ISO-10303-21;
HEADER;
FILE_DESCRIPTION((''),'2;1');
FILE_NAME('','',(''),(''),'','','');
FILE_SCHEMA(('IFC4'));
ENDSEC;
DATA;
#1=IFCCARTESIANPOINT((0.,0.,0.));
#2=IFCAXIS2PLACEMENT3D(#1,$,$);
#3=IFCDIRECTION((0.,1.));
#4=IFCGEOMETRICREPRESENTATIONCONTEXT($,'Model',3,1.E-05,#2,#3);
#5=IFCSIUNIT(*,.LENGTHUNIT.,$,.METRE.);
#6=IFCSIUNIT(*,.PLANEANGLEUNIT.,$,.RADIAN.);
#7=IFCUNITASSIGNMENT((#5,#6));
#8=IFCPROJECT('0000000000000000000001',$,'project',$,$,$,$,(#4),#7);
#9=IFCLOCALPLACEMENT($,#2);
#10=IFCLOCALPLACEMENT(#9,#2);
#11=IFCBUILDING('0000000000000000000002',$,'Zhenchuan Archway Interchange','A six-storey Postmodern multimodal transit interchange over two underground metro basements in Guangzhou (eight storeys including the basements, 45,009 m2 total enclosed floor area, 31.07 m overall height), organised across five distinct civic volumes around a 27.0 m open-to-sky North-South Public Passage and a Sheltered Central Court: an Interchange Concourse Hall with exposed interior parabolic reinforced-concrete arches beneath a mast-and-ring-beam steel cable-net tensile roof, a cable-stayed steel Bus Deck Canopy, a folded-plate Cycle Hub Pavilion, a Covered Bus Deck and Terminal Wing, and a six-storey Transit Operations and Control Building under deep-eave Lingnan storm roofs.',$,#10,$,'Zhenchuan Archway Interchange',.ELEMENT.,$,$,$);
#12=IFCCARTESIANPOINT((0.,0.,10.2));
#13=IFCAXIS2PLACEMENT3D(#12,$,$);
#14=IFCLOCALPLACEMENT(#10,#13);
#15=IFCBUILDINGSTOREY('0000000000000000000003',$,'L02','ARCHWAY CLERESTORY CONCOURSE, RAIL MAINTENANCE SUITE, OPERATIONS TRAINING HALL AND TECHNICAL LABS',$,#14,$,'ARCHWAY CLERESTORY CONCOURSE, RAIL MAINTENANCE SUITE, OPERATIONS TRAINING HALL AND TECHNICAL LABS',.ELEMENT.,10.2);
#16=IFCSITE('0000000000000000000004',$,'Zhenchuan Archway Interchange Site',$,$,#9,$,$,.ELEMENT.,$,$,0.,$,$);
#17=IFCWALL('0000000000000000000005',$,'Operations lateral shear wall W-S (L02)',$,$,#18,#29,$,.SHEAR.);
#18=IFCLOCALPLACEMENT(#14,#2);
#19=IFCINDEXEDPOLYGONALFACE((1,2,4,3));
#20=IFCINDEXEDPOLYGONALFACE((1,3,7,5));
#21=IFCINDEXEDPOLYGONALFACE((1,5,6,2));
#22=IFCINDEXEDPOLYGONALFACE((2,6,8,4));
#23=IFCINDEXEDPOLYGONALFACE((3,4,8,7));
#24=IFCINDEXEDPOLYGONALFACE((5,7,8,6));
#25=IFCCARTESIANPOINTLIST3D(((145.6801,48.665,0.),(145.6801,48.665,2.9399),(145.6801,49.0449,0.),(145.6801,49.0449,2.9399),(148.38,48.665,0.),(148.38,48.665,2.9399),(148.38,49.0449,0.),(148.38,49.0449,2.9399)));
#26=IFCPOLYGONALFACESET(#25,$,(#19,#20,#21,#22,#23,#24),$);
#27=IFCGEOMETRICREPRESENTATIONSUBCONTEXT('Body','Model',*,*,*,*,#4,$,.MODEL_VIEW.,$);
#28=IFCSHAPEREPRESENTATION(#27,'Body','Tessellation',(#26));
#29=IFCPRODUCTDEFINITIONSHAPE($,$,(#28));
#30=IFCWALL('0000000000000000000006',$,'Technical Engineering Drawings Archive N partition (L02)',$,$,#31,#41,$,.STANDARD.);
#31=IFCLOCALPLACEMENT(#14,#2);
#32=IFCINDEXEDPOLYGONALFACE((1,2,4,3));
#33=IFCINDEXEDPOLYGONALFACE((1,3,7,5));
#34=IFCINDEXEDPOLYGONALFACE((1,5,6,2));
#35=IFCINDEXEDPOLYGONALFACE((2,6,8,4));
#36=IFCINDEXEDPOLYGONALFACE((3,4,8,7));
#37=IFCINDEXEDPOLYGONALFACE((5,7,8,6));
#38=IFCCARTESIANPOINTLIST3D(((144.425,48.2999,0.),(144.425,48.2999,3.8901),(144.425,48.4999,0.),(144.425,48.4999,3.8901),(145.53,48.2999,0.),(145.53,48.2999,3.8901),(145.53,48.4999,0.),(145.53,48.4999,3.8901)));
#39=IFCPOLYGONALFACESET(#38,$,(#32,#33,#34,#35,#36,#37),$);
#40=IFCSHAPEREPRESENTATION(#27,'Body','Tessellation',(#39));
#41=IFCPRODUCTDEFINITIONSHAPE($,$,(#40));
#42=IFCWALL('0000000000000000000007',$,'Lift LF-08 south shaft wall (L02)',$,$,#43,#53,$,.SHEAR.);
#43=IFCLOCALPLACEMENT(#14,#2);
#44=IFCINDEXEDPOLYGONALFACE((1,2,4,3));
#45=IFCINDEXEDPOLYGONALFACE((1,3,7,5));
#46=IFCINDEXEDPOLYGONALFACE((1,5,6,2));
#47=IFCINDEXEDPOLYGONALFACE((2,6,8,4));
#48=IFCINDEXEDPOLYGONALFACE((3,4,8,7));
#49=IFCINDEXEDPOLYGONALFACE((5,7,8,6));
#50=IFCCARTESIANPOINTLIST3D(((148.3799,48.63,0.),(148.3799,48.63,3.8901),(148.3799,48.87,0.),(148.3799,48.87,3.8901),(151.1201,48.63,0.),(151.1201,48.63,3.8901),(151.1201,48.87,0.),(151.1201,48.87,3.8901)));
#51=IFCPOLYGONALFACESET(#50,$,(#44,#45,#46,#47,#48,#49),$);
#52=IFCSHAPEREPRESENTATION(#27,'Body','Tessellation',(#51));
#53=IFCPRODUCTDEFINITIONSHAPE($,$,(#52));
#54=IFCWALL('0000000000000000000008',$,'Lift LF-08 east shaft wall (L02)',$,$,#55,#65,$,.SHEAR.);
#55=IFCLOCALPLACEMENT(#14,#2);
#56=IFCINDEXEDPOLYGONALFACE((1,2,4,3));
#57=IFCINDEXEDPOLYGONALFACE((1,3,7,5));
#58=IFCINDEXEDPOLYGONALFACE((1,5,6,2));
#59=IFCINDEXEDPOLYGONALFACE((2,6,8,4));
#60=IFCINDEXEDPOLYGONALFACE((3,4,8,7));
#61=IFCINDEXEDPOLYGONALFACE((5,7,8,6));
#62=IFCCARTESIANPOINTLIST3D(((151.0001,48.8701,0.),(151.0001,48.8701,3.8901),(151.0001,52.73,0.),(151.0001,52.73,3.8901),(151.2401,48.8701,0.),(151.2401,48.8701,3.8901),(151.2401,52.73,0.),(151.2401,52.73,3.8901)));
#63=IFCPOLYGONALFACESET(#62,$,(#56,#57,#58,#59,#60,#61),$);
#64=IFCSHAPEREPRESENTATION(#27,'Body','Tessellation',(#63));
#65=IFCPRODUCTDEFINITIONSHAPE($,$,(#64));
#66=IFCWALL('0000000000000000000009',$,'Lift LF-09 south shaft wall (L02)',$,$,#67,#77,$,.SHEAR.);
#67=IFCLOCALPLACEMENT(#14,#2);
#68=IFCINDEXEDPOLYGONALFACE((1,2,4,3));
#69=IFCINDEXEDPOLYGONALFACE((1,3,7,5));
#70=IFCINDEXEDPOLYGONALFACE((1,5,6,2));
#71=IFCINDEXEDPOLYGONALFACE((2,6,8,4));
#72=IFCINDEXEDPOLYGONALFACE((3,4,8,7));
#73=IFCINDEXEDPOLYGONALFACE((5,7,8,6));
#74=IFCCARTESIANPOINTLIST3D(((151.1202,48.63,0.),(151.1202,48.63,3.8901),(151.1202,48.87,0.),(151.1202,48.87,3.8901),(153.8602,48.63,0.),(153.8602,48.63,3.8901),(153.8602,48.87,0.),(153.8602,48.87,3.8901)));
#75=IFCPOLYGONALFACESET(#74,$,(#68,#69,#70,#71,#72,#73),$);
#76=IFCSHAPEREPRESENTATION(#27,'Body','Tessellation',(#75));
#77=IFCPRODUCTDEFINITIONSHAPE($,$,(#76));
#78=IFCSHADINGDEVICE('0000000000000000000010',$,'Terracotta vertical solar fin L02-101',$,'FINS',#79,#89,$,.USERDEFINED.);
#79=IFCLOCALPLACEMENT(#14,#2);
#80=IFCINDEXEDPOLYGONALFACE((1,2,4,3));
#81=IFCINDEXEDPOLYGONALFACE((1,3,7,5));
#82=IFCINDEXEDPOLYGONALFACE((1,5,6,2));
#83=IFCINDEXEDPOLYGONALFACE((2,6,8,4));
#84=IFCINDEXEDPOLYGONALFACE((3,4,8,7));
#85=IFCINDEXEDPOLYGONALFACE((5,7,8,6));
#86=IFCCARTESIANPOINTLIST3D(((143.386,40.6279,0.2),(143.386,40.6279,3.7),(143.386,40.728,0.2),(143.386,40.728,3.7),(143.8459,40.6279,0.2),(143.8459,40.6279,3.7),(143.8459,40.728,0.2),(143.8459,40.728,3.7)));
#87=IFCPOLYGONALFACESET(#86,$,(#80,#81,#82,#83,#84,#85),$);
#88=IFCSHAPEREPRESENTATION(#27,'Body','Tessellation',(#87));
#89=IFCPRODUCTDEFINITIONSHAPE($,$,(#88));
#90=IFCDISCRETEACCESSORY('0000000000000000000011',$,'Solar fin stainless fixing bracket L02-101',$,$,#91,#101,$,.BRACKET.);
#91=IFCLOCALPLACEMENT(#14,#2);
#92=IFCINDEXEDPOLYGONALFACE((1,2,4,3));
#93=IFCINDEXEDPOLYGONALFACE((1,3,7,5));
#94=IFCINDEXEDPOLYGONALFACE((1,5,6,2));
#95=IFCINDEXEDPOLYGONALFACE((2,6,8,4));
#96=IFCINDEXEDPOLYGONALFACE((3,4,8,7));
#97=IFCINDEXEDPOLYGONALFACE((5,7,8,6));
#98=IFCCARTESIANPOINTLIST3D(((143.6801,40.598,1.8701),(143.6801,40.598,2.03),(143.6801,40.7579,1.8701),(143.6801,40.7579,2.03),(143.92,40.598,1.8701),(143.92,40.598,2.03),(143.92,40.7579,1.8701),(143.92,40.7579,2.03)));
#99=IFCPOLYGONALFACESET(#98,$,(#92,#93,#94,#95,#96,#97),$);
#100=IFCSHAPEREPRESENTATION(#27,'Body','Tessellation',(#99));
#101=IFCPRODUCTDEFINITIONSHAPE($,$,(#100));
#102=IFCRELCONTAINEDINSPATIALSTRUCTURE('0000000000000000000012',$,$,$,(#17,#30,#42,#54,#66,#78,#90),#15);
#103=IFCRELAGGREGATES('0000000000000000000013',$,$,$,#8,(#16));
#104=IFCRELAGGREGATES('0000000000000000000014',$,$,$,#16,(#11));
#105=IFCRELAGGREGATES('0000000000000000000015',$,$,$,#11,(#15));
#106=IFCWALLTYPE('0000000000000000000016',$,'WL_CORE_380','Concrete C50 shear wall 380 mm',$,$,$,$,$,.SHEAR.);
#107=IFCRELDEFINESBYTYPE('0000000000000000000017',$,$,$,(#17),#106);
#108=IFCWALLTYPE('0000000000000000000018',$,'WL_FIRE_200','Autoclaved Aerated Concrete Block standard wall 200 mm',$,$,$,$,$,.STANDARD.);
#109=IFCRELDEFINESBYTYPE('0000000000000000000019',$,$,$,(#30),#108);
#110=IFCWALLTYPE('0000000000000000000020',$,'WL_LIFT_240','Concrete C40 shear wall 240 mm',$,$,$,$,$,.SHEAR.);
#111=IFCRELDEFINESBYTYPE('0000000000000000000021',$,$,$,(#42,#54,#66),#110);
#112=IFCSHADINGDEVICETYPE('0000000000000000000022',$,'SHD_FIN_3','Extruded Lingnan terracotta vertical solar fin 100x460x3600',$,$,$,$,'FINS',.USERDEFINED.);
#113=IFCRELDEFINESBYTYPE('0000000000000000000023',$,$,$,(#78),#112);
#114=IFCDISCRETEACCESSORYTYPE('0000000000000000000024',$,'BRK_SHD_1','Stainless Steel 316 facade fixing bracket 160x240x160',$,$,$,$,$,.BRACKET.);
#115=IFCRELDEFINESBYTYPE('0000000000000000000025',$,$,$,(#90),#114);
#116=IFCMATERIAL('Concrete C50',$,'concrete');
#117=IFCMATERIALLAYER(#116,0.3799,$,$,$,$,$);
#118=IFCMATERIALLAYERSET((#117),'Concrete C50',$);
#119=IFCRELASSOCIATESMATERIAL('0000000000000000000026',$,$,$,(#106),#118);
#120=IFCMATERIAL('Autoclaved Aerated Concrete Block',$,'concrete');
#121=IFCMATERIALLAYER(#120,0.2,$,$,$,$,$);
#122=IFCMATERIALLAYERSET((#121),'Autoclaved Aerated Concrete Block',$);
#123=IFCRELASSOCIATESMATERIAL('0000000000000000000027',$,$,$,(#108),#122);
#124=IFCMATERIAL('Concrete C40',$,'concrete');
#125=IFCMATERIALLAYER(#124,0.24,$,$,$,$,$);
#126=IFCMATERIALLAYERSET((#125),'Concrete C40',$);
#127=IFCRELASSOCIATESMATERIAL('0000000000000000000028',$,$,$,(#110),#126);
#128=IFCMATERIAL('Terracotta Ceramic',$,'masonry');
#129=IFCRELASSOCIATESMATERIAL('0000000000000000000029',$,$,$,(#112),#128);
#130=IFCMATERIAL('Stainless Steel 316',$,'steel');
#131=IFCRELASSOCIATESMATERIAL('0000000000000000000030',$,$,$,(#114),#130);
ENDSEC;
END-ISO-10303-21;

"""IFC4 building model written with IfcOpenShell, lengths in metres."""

from ifc_helpers import new_model, si_unit, direction, frame, frame_2d, origin, origin_2d, place, context, subcontext, project, spatial, rectangle, extrude, material, layer, layer_set, type_object, element, save


model = new_model("IFC4")

# Units and contexts
model_context = context("Model", 3, precision=1e-05, world=origin(), true_north=direction((0.0, 1.0)))
body_context = subcontext(model_context, "Body", "Model", "MODEL_VIEW")
ifc_project = project(units=[si_unit("LENGTHUNIT", "METRE"), si_unit("PLANEANGLEUNIT", "RADIAN")], contexts=[model_context])

# Site, building, storey
site_placement = place(None, origin())
site = spatial("IfcSite", under=ifc_project, at=site_placement, Name="Zhenchuan Archway Interchange Site", CompositionType="ELEMENT", RefElevation=0.0)
building_placement = place(site_placement, origin())
building = spatial("IfcBuilding", under=site, at=building_placement, Name="Zhenchuan Archway Interchange", Description="A six-storey Postmodern multimodal transit interchange over two underground metro basements in Guangzhou (eight storeys including the basements, 45,009 m2 total enclosed floor area, 31.07 m overall height), organised across five distinct civic volumes around a 27.0 m open-to-sky North-South Public Passage and a Sheltered Central Court: an Interchange Concourse Hall with exposed interior parabolic reinforced-concrete arches beneath a mast-and-ring-beam steel cable-net tensile roof, a cable-stayed steel Bus Deck Canopy, a folded-plate Cycle Hub Pavilion, a Covered Bus Deck and Terminal Wing, and a six-storey Transit Operations and Control Building under deep-eave Lingnan storm roofs.", LongName="Zhenchuan Archway Interchange", CompositionType="ELEMENT")
storey_placement = place(building_placement, frame((0.0, 0.0, 10.2)))
storey = spatial("IfcBuildingStorey", under=building, at=storey_placement, Name="L02", Description="ARCHWAY CLERESTORY CONCOURSE, RAIL MAINTENANCE SUITE, OPERATIONS TRAINING HALL AND TECHNICAL LABS", LongName="ARCHWAY CLERESTORY CONCOURSE, RAIL MAINTENANCE SUITE, OPERATIONS TRAINING HALL AND TECHNICAL LABS", CompositionType="ELEMENT", Elevation=10.2)

# Shared definitions
ifc_material_1 = material(Name="Concrete C50", Category="concrete")

# Shared definitions
ifc_material_2 = material(Name="Concrete C40", Category="concrete")

# Walls
ifc_layer_1 = layer(ifc_material_1, 0.3799)
ifc_layer_set_1 = layer_set([ifc_layer_1], Name="Concrete C50")
wall_type_1 = type_object("IfcWallType", Name="WL_CORE_380", Description="Concrete C50 shear wall 380 mm", PredefinedType="SHEAR", material=ifc_layer_set_1)
wall_1_placement = place(storey_placement, frame((145.6799, 48.855, 0.0), z_axis=(0.0, 0.0, 1.0), x_axis=(1.0, 0.0, 0.0)))
element("IfcWall", 1, at=wall_1_placement, inside=storey, type_object=wall_type_1, Name="Operations lateral shear wall W-S (L02)", PredefinedType="SHEAR", context=body_context, shape_type="SweptSolid", body=[
    extrude(rectangle(XDim=2.7, YDim=0.3799, at=frame_2d((1.3501, 0.0))), origin(), (0.0, 0.0, 1.0), 2.9399),
])
ifc_material_3 = material(Name="Autoclaved Aerated Concrete Block", Category="concrete")
ifc_layer_2 = layer(ifc_material_3, 0.2)
ifc_layer_set_2 = layer_set([ifc_layer_2], Name="Autoclaved Aerated Concrete Block")
wall_type_2 = type_object("IfcWallType", Name="WL_FIRE_200", Description="Autoclaved Aerated Concrete Block standard wall 200 mm", PredefinedType="STANDARD", material=ifc_layer_set_2)
wall_2_placement = place(storey_placement, frame((144.425, 48.3999, 0.0), z_axis=(0.0, 0.0, 1.0), x_axis=(1.0, 0.0, 0.0)))
element("IfcWall", 2, at=wall_2_placement, inside=storey, type_object=wall_type_2, Name="Technical Engineering Drawings Archive N partition (L02)", PredefinedType="STANDARD", context=body_context, shape_type="SweptSolid", body=[
    extrude(rectangle(XDim=1.105, YDim=0.2, at=frame_2d((0.5525, 0.0))), origin(), (0.0, 0.0, 1.0), 3.8901),
])
ifc_layer_3 = layer(ifc_material_2, 0.24)
ifc_layer_set_3 = layer_set([ifc_layer_3], Name="Concrete C40")
wall_type_3 = type_object("IfcWallType", Name="WL_LIFT_240", Description="Concrete C40 shear wall 240 mm", PredefinedType="SHEAR", material=ifc_layer_set_3)
wall_3_placement = place(storey_placement, frame((148.3799, 48.75, 0.0), z_axis=(0.0, 0.0, 1.0), x_axis=(1.0, 0.0, 0.0)))
element("IfcWall", 3, at=wall_3_placement, inside=storey, type_object=wall_type_3, Name="Lift LF-08 south shaft wall (L02)", PredefinedType="SHEAR", context=body_context, shape_type="SweptSolid", body=[
    extrude(rectangle(XDim=2.7402, YDim=0.24, at=frame_2d((1.3701, 0.0))), origin(), (0.0, 0.0, 1.0), 3.8901),
])
wall_4_placement = place(storey_placement, frame((151.1201, 48.8701, 0.0), z_axis=(0.0, 0.0, 1.0), x_axis=(0.0, 1.0, 0.0)))
element("IfcWall", 4, at=wall_4_placement, inside=storey, type_object=wall_type_3, Name="Lift LF-08 east shaft wall (L02)", PredefinedType="SHEAR", context=body_context, shape_type="SweptSolid", body=[
    extrude(rectangle(XDim=3.8599, YDim=0.24, at=frame_2d((1.9299, 0.0))), origin(), (0.0, 0.0, 1.0), 3.8901),
])
wall_5_placement = place(storey_placement, frame((151.1201, 48.75, 0.0), z_axis=(0.0, 0.0, 1.0), x_axis=(1.0, 0.0, 0.0)))
element("IfcWall", 5, at=wall_5_placement, inside=storey, type_object=wall_type_3, Name="Lift LF-09 south shaft wall (L02)", PredefinedType="SHEAR", context=body_context, shape_type="SweptSolid", body=[
    extrude(rectangle(XDim=2.74, YDim=0.24, at=frame_2d((1.3701, 0.0))), origin(), (0.0, 0.0, 1.0), 3.8901),
])

# Shading device
ifc_material_4 = material(Name="Terracotta Ceramic", Category="masonry")
shading_device_type = type_object("IfcShadingDeviceType", Name="SHD_FIN_3", Description="Extruded Lingnan terracotta vertical solar fin 100x460x3600", ElementType="FINS", PredefinedType="USERDEFINED", material=ifc_material_4)
shading_device_placement = place(storey_placement, frame((143.616, 40.678, 0.2), z_axis=(0.0, 0.0, 1.0), x_axis=(0.0, 1.0, 0.0)))
element("IfcShadingDevice", 6, at=shading_device_placement, inside=storey, type_object=shading_device_type, Name="Terracotta vertical solar fin L02-101", ObjectType="FINS", PredefinedType="USERDEFINED", context=body_context, shape_type="SweptSolid", body=[
    extrude(rectangle(XDim=0.1001, YDim=0.46, at=origin_2d()), origin(), (0.0, 0.0, 1.0), 3.5),
])

# Discrete accessory
ifc_material_5 = material(Name="Stainless Steel 316", Category="steel")
discrete_accessory_type = type_object("IfcDiscreteAccessoryType", Name="BRK_SHD_1", Description="Stainless Steel 316 facade fixing bracket 160x240x160", PredefinedType="BRACKET", material=ifc_material_5)
discrete_accessory_placement = place(storey_placement, frame((143.8, 40.678, 1.8701), z_axis=(0.0, 0.0, 1.0), x_axis=(0.0, 1.0, 0.0)))
element("IfcDiscreteAccessory", 7, at=discrete_accessory_placement, inside=storey, type_object=discrete_accessory_type, Name="Solar fin stainless fixing bracket L02-101", PredefinedType="BRACKET", context=body_context, shape_type="SweptSolid", body=[
    extrude(rectangle(XDim=0.1599, YDim=0.24, at=origin_2d()), origin(), (0.0, 0.0, 1.0), 0.1599),
])

save(model, "model.ifc")
